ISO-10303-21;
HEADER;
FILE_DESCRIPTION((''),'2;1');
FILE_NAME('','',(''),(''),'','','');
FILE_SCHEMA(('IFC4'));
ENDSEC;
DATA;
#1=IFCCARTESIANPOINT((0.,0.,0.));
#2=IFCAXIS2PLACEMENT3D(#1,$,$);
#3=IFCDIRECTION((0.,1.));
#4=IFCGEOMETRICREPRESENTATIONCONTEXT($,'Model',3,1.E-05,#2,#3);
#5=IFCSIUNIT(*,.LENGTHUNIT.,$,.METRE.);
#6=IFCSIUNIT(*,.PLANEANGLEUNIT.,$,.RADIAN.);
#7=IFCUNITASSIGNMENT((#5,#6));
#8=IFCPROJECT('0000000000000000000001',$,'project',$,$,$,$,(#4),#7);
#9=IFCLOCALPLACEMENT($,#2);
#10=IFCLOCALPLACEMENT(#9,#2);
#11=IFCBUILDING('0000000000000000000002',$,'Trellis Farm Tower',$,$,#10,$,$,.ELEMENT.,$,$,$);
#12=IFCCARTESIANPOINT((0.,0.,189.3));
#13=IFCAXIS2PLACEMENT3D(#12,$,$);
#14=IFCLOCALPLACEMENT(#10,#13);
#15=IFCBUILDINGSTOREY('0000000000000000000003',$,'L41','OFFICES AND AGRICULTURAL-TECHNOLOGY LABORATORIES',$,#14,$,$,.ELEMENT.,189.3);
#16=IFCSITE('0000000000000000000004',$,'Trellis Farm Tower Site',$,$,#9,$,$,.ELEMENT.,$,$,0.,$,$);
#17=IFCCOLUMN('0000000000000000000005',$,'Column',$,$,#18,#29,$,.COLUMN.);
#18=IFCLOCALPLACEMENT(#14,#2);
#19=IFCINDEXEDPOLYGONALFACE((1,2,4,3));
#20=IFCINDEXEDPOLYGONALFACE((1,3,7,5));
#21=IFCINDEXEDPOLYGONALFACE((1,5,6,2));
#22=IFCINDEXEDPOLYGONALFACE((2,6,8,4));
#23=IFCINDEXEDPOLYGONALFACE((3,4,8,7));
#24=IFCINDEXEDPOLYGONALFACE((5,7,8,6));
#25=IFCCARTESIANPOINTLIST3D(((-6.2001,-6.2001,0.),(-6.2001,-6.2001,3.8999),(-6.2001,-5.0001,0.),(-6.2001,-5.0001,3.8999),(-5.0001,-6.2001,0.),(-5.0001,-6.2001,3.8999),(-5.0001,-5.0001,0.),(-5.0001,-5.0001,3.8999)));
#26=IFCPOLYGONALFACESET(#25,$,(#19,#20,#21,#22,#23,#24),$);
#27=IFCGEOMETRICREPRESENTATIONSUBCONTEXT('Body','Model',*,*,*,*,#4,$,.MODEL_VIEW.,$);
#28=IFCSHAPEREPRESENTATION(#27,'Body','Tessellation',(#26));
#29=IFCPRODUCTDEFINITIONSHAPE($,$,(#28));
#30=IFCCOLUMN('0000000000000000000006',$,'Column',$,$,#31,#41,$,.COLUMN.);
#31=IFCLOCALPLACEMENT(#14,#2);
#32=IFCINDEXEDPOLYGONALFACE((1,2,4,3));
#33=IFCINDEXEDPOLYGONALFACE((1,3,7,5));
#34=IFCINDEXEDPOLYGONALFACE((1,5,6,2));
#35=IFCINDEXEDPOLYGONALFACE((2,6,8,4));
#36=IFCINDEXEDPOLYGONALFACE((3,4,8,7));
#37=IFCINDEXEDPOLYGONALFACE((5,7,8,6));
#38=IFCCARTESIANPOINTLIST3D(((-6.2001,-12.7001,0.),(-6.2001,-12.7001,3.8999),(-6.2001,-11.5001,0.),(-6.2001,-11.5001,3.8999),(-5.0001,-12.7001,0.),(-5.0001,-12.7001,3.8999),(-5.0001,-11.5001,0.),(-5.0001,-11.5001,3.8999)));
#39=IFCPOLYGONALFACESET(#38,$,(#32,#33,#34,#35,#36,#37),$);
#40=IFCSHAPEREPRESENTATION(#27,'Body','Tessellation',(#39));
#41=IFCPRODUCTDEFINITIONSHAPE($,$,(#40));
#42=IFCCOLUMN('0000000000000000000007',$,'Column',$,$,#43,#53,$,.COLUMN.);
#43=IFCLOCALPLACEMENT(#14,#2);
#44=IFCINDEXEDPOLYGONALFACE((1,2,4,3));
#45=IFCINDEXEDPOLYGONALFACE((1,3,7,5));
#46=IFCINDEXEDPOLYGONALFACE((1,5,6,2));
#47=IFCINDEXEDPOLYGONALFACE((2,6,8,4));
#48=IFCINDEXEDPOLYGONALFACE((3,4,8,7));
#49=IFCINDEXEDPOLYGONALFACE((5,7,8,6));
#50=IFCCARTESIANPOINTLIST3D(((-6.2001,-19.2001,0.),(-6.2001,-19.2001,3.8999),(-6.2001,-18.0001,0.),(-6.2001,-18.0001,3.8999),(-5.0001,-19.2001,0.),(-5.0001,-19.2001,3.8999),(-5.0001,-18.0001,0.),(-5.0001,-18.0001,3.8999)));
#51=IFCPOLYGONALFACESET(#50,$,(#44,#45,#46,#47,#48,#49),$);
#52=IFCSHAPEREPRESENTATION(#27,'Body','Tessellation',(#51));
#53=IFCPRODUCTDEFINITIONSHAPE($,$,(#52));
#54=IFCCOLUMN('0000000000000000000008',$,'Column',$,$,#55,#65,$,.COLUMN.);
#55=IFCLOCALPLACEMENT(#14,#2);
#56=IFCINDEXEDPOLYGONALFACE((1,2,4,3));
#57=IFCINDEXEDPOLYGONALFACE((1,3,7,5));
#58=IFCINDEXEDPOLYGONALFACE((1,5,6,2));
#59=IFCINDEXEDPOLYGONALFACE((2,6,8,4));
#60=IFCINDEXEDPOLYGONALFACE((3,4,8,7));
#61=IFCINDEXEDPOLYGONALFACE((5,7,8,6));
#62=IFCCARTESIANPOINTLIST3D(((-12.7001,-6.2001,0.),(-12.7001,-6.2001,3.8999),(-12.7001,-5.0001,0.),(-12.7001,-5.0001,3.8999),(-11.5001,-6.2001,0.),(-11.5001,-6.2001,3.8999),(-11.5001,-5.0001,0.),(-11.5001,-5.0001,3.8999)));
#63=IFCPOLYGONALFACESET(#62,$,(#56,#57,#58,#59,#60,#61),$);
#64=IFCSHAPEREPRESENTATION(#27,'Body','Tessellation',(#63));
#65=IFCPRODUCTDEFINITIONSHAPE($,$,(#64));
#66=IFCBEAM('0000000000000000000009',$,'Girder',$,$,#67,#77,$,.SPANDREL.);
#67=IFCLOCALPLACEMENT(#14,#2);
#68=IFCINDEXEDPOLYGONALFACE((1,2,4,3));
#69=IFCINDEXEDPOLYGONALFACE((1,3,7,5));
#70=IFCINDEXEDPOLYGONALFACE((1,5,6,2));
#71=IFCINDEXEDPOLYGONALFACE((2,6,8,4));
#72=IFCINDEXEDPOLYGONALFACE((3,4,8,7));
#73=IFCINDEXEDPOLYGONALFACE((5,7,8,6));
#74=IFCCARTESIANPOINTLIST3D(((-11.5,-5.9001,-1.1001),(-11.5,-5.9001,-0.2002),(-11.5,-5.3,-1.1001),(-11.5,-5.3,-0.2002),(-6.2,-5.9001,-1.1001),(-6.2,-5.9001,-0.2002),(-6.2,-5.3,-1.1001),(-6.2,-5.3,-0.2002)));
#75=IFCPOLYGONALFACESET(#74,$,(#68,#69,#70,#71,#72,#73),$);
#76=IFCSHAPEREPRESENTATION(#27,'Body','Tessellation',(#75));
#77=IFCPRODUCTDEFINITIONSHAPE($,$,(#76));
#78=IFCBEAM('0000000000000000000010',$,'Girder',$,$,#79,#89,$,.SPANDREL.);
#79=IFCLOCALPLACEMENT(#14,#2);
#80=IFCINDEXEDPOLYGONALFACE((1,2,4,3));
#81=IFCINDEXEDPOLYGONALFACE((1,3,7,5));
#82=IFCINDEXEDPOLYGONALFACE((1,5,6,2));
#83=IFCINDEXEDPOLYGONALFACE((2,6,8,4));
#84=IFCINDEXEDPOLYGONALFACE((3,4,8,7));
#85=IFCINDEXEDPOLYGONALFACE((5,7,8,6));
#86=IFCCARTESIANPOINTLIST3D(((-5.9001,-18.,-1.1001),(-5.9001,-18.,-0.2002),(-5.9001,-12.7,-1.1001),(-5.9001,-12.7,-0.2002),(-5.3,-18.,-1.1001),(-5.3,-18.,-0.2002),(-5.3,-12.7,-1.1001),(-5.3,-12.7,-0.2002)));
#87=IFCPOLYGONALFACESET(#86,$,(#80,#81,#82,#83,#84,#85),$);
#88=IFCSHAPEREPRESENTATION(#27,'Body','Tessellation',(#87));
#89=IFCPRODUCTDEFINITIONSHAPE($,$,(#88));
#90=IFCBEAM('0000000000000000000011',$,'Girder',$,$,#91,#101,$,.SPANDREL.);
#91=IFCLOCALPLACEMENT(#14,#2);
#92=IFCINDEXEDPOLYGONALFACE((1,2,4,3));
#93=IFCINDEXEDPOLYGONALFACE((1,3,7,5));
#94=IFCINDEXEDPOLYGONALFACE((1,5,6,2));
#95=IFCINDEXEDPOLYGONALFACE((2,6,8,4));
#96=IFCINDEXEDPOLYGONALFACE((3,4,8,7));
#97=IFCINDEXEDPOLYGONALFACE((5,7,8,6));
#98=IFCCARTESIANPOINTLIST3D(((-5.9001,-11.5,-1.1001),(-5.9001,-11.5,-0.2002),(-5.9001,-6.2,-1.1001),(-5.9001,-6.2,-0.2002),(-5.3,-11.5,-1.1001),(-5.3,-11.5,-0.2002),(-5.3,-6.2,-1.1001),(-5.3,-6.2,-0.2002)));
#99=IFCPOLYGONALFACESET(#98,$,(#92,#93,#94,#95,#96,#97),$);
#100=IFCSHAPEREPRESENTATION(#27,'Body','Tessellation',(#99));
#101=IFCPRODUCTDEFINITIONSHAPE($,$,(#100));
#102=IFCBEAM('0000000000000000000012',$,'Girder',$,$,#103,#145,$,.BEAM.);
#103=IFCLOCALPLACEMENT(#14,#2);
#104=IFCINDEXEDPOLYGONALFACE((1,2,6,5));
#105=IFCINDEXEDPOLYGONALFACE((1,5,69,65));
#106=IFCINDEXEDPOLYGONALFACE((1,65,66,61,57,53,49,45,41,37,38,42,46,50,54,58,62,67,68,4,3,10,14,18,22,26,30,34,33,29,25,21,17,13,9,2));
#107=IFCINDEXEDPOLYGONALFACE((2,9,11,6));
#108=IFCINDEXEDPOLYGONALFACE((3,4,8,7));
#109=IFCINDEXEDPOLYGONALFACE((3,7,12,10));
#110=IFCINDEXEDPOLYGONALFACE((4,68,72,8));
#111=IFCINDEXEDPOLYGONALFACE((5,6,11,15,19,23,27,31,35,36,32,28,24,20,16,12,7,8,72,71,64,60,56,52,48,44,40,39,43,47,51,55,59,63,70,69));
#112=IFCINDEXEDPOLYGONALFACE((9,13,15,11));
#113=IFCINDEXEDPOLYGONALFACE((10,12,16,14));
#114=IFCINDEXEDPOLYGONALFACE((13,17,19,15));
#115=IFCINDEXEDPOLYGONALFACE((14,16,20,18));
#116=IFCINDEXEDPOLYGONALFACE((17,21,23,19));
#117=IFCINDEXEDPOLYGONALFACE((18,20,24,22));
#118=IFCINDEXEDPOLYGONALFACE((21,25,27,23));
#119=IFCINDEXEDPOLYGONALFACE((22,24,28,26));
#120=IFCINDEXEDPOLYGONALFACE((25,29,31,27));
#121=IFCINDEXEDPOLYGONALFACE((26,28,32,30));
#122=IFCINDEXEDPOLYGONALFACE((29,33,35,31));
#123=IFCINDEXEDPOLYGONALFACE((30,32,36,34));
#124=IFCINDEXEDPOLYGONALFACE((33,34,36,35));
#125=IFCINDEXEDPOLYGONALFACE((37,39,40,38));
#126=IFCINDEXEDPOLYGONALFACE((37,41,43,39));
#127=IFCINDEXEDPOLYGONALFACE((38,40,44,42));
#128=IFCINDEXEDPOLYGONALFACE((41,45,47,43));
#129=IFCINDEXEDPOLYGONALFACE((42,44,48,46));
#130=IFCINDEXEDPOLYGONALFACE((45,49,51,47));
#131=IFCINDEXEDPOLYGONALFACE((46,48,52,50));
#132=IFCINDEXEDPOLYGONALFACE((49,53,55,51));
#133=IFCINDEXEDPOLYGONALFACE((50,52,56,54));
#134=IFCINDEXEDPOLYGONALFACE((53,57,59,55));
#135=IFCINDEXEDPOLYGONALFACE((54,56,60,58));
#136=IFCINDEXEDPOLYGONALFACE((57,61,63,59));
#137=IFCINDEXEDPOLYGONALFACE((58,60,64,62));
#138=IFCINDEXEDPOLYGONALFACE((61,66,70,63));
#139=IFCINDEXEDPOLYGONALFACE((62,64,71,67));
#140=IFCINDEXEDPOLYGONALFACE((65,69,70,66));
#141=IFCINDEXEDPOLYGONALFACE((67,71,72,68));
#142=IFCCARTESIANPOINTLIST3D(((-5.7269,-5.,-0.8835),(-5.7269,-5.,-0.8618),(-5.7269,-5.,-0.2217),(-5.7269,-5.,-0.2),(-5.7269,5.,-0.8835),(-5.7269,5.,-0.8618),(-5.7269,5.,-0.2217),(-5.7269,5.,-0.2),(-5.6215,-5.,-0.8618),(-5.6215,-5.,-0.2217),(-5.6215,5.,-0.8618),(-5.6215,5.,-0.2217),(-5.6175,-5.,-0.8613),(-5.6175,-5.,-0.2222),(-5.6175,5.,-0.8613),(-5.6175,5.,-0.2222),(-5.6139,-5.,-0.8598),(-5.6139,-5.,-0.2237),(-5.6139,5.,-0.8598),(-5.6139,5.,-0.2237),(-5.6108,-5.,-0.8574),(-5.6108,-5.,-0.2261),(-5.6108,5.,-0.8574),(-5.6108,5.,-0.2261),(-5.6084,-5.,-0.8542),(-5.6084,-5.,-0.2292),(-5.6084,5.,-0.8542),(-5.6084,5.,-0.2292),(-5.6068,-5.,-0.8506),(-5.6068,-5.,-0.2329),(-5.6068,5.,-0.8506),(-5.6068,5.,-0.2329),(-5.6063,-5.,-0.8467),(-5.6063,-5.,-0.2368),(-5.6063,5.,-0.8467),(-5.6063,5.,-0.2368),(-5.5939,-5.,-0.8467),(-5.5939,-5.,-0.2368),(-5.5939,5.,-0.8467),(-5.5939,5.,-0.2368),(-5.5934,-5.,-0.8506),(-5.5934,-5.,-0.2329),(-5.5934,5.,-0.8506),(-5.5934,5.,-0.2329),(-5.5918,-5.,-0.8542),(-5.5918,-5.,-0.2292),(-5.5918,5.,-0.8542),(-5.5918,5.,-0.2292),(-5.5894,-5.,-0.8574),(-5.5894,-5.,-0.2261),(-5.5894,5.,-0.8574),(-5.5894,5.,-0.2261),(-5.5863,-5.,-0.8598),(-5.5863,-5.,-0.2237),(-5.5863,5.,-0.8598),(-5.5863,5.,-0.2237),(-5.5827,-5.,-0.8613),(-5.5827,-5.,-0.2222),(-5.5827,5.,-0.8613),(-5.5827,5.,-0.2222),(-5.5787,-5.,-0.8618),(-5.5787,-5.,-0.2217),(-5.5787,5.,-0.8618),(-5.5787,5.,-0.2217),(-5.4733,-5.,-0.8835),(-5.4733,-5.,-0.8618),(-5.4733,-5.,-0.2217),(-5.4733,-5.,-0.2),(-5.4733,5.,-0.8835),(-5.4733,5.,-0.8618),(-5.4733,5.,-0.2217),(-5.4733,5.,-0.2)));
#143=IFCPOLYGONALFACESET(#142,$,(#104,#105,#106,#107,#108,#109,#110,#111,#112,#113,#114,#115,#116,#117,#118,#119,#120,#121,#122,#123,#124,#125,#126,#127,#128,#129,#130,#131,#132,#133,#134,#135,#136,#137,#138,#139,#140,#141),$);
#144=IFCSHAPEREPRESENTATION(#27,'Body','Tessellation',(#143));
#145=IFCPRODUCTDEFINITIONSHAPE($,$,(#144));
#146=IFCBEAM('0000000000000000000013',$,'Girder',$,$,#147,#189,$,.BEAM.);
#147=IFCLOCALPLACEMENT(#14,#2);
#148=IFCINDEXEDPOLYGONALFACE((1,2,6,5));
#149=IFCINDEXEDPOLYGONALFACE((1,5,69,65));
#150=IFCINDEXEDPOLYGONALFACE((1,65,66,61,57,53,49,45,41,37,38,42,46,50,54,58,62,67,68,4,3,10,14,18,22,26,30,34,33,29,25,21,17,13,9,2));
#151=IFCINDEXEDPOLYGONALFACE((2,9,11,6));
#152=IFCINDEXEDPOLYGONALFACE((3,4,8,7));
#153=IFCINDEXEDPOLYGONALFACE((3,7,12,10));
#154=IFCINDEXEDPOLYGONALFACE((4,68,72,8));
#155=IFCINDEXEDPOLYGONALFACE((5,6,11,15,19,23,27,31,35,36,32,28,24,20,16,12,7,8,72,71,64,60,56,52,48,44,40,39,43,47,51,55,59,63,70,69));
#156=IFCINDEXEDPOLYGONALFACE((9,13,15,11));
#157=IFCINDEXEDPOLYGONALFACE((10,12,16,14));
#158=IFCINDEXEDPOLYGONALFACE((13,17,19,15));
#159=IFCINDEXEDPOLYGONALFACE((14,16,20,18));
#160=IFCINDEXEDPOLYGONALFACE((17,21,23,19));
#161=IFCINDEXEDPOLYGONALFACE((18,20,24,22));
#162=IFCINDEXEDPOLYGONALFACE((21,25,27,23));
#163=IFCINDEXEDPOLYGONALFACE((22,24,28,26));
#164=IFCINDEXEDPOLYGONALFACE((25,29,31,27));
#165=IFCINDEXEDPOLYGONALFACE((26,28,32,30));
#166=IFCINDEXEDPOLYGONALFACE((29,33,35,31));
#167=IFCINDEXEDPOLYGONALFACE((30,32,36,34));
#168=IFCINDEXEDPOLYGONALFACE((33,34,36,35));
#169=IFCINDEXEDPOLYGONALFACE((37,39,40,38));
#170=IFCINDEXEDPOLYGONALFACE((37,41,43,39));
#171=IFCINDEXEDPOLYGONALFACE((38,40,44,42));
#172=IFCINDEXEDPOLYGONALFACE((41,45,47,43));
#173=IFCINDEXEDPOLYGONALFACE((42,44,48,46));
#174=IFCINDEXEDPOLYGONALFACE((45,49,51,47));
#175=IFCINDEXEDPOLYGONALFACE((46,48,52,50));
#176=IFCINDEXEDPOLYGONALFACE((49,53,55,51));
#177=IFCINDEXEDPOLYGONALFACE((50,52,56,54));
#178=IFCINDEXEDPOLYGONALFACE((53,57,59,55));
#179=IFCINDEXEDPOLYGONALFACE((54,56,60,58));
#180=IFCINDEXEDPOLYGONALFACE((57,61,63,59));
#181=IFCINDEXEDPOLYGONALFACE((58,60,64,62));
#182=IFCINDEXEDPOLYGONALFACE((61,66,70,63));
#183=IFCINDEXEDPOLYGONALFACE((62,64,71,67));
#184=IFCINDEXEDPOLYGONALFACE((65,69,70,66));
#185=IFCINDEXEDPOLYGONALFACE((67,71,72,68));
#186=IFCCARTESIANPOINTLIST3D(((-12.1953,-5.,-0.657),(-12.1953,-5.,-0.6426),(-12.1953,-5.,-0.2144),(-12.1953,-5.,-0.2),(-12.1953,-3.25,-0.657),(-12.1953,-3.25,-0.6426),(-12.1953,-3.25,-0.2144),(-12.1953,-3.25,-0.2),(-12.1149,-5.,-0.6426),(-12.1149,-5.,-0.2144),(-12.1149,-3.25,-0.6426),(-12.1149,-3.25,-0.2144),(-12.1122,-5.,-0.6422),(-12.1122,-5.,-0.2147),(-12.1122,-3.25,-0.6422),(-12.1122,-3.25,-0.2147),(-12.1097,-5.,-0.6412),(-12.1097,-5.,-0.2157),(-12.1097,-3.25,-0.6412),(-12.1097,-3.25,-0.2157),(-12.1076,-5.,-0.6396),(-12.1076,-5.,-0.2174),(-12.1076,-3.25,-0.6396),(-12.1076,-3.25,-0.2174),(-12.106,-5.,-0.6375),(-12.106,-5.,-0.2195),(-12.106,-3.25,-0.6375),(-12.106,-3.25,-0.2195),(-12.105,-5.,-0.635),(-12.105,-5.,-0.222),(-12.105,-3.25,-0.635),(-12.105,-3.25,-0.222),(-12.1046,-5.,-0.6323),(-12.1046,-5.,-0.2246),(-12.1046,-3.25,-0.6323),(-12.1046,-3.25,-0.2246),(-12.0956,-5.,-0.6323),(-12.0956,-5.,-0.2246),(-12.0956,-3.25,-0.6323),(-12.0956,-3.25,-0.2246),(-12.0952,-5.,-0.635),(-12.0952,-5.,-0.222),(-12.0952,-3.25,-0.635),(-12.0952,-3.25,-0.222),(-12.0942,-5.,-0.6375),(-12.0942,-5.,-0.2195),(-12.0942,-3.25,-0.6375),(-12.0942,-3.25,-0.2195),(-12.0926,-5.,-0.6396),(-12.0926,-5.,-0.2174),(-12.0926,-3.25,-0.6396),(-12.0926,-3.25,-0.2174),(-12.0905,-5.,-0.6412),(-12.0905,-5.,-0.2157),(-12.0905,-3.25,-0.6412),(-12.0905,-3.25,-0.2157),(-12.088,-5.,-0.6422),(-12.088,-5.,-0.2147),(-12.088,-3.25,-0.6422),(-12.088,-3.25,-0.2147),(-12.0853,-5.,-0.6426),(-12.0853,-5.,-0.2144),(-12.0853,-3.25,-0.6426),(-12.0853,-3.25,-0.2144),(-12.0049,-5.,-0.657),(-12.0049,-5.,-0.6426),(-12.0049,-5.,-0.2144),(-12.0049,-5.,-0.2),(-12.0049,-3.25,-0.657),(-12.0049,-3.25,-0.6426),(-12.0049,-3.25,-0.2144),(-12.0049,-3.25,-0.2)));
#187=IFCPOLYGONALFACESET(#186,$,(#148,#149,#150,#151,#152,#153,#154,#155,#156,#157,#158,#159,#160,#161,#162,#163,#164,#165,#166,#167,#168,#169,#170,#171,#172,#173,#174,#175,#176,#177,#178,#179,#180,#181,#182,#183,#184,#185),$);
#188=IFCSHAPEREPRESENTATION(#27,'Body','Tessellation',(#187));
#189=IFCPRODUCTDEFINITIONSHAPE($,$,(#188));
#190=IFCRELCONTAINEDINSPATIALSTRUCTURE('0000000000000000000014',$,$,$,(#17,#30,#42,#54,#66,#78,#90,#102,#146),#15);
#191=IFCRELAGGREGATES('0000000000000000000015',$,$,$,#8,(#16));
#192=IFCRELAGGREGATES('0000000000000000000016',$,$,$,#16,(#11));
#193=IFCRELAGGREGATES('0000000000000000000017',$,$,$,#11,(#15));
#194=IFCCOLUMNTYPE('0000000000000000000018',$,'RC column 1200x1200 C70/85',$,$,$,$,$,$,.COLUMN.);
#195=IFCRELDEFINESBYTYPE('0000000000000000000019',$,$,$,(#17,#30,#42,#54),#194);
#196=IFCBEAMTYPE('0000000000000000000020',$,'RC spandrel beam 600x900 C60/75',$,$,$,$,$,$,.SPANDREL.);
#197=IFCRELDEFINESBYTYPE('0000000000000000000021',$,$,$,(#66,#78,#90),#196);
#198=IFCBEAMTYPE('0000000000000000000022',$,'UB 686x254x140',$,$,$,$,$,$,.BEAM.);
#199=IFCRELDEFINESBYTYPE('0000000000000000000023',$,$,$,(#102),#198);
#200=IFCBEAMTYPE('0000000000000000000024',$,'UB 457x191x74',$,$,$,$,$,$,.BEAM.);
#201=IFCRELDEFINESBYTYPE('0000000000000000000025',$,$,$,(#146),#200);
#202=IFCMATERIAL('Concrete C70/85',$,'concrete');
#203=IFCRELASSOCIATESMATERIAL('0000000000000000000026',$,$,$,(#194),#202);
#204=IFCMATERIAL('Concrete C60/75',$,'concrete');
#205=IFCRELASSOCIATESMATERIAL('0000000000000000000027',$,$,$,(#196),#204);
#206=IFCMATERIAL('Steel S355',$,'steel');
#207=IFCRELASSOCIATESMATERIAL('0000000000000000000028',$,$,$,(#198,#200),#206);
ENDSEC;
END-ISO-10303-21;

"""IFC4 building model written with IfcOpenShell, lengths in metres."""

from ifc_helpers import new_model, si_unit, direction, frame, origin, origin_2d, place, context, subcontext, project, spatial, rectangle, i_section, extrude, source, transform, mapped, material, material_profile, profile_set, type_object, element, save


model = new_model("IFC4")

# Units and contexts
model_context = context("Model", 3, precision=1e-05, world=origin(), true_north=direction((0.0, 1.0)))
body_context = subcontext(model_context, "Body", "Model", "MODEL_VIEW")
ifc_project = project(units=[si_unit("LENGTHUNIT", "METRE"), si_unit("PLANEANGLEUNIT", "RADIAN")], contexts=[model_context])

# Site, building, storey
site_placement = place(None, origin())
site = spatial("IfcSite", under=ifc_project, at=site_placement, Name="Trellis Farm Tower Site", CompositionType="ELEMENT", RefElevation=0.0)
building_placement = place(site_placement, origin())
building = spatial("IfcBuilding", under=site, at=building_placement, Name="Trellis Farm Tower", CompositionType="ELEMENT")
storey_placement = place(building_placement, frame((0.0, 0.0, 189.3)))
storey = spatial("IfcBuildingStorey", under=building, at=storey_placement, Name="L41", Description="OFFICES AND AGRICULTURAL-TECHNOLOGY LABORATORIES", CompositionType="ELEMENT", Elevation=189.3)

# Columns
ifc_material_1 = material(Name="Concrete C70/85", Category="concrete")
ifc_material_profile_1 = material_profile(ifc_material_1, rectangle(XDim=1.2, YDim=1.2, at=origin_2d()), Name="RC column 1200x1200 C70/85")
ifc_profile_set_1 = profile_set([ifc_material_profile_1], Name="Concrete C70/85")
column_type = type_object("IfcColumnType", Name="RC column 1200x1200 C70/85", PredefinedType="COLUMN", material=ifc_profile_set_1)
shared_shape_1 = source(origin(), body_context, "Body", "SweptSolid", [
    extrude(rectangle(XDim=1.2, YDim=1.2, at=origin_2d()), origin(), (0.0, 0.0, 1.0), 3.8999),
])
for number, where, z_axis, x_axis, name in (
    (1, (-5.6001, -5.6001, 0.0), (0.0, 0.0, 1.0), (1.0, 0.0, 0.0), "Column"),
    (2, (-5.6001, -12.1001, 0.0), (0.0, 0.0, 1.0), (1.0, 0.0, 0.0), "Column"),
    (3, (-5.6001, -18.6001, 0.0), (0.0, 0.0, 1.0), (1.0, 0.0, 0.0), "Column"),
    (4, (-12.1001, -5.6001, 0.0), (0.0, 0.0, 1.0), (1.0, 0.0, 0.0), "Column"),
):
    element("IfcColumn", number, at=place(storey_placement, frame(where, z_axis=z_axis, x_axis=x_axis)), inside=storey, type_object=column_type, Name=name, PredefinedType="COLUMN", context=body_context, shape_type="MappedRepresentation", body=[
        mapped(shared_shape_1, transform((0.0, 0.0, 0.0))),
    ])

# Beams
ifc_material_2 = material(Name="Concrete C60/75", Category="concrete")
ifc_material_profile_2 = material_profile(ifc_material_2, rectangle(XDim=0.6001, YDim=0.8999, at=origin_2d()), Name="RC spandrel beam 600x900 C60/75")
ifc_profile_set_2 = profile_set([ifc_material_profile_2], Name="Concrete C60/75")
beam_type_1 = type_object("IfcBeamType", Name="RC spandrel beam 600x900 C60/75", PredefinedType="SPANDREL", material=ifc_profile_set_2)
shared_shape_2 = source(origin(), body_context, "Body", "SweptSolid", [
    extrude(rectangle(XDim=0.6001, YDim=0.8999, at=origin_2d()), origin(), (0.0, 0.0, 1.0), 5.3),
])
for number, where, z_axis, x_axis, name in (
    (5, (-11.5, -5.6001, -0.6501), (1.0, 0.0, 0.0), (0.0, 1.0, 0.0), "Girder"),
    (6, (-5.6001, -18.0, -0.6501), (0.0, 1.0, 0.0), (-1.0, 0.0, 0.0), "Girder"),
    (7, (-5.6001, -11.5, -0.6501), (0.0, 1.0, 0.0), (-1.0, 0.0, 0.0), "Girder"),
):
    element("IfcBeam", number, at=place(storey_placement, frame(where, z_axis=z_axis, x_axis=x_axis)), inside=storey, type_object=beam_type_1, Name=name, PredefinedType="SPANDREL", context=body_context, shape_type="MappedRepresentation", body=[
        mapped(shared_shape_2, transform((0.0, 0.0, 0.0))),
    ])
ifc_material_3 = material(Name="Steel S355", Category="steel")
ifc_material_profile_3 = material_profile(ifc_material_3, i_section(OverallWidth=0.2537, OverallDepth=0.6836, WebThickness=0.0125, FlangeThickness=0.0217, FilletRadius=0.0151, at=origin_2d()), Name="UB 686x254x140")
ifc_profile_set_3 = profile_set([ifc_material_profile_3], Name="Steel S355")
beam_type_2 = type_object("IfcBeamType", Name="UB 686x254x140", PredefinedType="BEAM", material=ifc_profile_set_3)
shared_shape_3 = source(origin(), body_context, "Body", "SweptSolid", [
    extrude(i_section(OverallWidth=0.2537, OverallDepth=0.6836, WebThickness=0.0125, FlangeThickness=0.0217, FilletRadius=0.0151, at=origin_2d()), origin(), (0.0, 0.0, 1.0), 10.0),
])
beam_1_placement = place(storey_placement, frame((-5.6001, -5.0, -0.5417), z_axis=(0.0, 1.0, 0.0), x_axis=(-1.0, 0.0, 0.0)))
element("IfcBeam", 8, at=beam_1_placement, inside=storey, type_object=beam_type_2, Name="Girder", PredefinedType="BEAM", context=body_context, shape_type="MappedRepresentation", body=[
    mapped(shared_shape_3, transform((0.0, 0.0, 0.0))),
])
ifc_material_profile_4 = material_profile(ifc_material_3, i_section(OverallWidth=0.1904, OverallDepth=0.457, WebThickness=0.009, FlangeThickness=0.0144, FilletRadius=0.0103, at=origin_2d()), Name="UB 457x191x74")
ifc_profile_set_4 = profile_set([ifc_material_profile_4], Name="Steel S355")
beam_type_3 = type_object("IfcBeamType", Name="UB 457x191x74", PredefinedType="BEAM", material=ifc_profile_set_4)
shared_shape_4 = source(origin(), body_context, "Body", "SweptSolid", [
    extrude(i_section(OverallWidth=0.1904, OverallDepth=0.457, WebThickness=0.009, FlangeThickness=0.0144, FilletRadius=0.0103, at=origin_2d()), origin(), (0.0, 0.0, 1.0), 1.75),
])
beam_2_placement = place(storey_placement, frame((-12.1001, -5.0, -0.4285), z_axis=(0.0, 1.0, 0.0), x_axis=(-1.0, 0.0, 0.0)))
element("IfcBeam", 9, at=beam_2_placement, inside=storey, type_object=beam_type_3, Name="Girder", PredefinedType="BEAM", context=body_context, shape_type="MappedRepresentation", body=[
    mapped(shared_shape_4, transform((0.0, 0.0, 0.0))),
])

save(model, "model.ifc")
